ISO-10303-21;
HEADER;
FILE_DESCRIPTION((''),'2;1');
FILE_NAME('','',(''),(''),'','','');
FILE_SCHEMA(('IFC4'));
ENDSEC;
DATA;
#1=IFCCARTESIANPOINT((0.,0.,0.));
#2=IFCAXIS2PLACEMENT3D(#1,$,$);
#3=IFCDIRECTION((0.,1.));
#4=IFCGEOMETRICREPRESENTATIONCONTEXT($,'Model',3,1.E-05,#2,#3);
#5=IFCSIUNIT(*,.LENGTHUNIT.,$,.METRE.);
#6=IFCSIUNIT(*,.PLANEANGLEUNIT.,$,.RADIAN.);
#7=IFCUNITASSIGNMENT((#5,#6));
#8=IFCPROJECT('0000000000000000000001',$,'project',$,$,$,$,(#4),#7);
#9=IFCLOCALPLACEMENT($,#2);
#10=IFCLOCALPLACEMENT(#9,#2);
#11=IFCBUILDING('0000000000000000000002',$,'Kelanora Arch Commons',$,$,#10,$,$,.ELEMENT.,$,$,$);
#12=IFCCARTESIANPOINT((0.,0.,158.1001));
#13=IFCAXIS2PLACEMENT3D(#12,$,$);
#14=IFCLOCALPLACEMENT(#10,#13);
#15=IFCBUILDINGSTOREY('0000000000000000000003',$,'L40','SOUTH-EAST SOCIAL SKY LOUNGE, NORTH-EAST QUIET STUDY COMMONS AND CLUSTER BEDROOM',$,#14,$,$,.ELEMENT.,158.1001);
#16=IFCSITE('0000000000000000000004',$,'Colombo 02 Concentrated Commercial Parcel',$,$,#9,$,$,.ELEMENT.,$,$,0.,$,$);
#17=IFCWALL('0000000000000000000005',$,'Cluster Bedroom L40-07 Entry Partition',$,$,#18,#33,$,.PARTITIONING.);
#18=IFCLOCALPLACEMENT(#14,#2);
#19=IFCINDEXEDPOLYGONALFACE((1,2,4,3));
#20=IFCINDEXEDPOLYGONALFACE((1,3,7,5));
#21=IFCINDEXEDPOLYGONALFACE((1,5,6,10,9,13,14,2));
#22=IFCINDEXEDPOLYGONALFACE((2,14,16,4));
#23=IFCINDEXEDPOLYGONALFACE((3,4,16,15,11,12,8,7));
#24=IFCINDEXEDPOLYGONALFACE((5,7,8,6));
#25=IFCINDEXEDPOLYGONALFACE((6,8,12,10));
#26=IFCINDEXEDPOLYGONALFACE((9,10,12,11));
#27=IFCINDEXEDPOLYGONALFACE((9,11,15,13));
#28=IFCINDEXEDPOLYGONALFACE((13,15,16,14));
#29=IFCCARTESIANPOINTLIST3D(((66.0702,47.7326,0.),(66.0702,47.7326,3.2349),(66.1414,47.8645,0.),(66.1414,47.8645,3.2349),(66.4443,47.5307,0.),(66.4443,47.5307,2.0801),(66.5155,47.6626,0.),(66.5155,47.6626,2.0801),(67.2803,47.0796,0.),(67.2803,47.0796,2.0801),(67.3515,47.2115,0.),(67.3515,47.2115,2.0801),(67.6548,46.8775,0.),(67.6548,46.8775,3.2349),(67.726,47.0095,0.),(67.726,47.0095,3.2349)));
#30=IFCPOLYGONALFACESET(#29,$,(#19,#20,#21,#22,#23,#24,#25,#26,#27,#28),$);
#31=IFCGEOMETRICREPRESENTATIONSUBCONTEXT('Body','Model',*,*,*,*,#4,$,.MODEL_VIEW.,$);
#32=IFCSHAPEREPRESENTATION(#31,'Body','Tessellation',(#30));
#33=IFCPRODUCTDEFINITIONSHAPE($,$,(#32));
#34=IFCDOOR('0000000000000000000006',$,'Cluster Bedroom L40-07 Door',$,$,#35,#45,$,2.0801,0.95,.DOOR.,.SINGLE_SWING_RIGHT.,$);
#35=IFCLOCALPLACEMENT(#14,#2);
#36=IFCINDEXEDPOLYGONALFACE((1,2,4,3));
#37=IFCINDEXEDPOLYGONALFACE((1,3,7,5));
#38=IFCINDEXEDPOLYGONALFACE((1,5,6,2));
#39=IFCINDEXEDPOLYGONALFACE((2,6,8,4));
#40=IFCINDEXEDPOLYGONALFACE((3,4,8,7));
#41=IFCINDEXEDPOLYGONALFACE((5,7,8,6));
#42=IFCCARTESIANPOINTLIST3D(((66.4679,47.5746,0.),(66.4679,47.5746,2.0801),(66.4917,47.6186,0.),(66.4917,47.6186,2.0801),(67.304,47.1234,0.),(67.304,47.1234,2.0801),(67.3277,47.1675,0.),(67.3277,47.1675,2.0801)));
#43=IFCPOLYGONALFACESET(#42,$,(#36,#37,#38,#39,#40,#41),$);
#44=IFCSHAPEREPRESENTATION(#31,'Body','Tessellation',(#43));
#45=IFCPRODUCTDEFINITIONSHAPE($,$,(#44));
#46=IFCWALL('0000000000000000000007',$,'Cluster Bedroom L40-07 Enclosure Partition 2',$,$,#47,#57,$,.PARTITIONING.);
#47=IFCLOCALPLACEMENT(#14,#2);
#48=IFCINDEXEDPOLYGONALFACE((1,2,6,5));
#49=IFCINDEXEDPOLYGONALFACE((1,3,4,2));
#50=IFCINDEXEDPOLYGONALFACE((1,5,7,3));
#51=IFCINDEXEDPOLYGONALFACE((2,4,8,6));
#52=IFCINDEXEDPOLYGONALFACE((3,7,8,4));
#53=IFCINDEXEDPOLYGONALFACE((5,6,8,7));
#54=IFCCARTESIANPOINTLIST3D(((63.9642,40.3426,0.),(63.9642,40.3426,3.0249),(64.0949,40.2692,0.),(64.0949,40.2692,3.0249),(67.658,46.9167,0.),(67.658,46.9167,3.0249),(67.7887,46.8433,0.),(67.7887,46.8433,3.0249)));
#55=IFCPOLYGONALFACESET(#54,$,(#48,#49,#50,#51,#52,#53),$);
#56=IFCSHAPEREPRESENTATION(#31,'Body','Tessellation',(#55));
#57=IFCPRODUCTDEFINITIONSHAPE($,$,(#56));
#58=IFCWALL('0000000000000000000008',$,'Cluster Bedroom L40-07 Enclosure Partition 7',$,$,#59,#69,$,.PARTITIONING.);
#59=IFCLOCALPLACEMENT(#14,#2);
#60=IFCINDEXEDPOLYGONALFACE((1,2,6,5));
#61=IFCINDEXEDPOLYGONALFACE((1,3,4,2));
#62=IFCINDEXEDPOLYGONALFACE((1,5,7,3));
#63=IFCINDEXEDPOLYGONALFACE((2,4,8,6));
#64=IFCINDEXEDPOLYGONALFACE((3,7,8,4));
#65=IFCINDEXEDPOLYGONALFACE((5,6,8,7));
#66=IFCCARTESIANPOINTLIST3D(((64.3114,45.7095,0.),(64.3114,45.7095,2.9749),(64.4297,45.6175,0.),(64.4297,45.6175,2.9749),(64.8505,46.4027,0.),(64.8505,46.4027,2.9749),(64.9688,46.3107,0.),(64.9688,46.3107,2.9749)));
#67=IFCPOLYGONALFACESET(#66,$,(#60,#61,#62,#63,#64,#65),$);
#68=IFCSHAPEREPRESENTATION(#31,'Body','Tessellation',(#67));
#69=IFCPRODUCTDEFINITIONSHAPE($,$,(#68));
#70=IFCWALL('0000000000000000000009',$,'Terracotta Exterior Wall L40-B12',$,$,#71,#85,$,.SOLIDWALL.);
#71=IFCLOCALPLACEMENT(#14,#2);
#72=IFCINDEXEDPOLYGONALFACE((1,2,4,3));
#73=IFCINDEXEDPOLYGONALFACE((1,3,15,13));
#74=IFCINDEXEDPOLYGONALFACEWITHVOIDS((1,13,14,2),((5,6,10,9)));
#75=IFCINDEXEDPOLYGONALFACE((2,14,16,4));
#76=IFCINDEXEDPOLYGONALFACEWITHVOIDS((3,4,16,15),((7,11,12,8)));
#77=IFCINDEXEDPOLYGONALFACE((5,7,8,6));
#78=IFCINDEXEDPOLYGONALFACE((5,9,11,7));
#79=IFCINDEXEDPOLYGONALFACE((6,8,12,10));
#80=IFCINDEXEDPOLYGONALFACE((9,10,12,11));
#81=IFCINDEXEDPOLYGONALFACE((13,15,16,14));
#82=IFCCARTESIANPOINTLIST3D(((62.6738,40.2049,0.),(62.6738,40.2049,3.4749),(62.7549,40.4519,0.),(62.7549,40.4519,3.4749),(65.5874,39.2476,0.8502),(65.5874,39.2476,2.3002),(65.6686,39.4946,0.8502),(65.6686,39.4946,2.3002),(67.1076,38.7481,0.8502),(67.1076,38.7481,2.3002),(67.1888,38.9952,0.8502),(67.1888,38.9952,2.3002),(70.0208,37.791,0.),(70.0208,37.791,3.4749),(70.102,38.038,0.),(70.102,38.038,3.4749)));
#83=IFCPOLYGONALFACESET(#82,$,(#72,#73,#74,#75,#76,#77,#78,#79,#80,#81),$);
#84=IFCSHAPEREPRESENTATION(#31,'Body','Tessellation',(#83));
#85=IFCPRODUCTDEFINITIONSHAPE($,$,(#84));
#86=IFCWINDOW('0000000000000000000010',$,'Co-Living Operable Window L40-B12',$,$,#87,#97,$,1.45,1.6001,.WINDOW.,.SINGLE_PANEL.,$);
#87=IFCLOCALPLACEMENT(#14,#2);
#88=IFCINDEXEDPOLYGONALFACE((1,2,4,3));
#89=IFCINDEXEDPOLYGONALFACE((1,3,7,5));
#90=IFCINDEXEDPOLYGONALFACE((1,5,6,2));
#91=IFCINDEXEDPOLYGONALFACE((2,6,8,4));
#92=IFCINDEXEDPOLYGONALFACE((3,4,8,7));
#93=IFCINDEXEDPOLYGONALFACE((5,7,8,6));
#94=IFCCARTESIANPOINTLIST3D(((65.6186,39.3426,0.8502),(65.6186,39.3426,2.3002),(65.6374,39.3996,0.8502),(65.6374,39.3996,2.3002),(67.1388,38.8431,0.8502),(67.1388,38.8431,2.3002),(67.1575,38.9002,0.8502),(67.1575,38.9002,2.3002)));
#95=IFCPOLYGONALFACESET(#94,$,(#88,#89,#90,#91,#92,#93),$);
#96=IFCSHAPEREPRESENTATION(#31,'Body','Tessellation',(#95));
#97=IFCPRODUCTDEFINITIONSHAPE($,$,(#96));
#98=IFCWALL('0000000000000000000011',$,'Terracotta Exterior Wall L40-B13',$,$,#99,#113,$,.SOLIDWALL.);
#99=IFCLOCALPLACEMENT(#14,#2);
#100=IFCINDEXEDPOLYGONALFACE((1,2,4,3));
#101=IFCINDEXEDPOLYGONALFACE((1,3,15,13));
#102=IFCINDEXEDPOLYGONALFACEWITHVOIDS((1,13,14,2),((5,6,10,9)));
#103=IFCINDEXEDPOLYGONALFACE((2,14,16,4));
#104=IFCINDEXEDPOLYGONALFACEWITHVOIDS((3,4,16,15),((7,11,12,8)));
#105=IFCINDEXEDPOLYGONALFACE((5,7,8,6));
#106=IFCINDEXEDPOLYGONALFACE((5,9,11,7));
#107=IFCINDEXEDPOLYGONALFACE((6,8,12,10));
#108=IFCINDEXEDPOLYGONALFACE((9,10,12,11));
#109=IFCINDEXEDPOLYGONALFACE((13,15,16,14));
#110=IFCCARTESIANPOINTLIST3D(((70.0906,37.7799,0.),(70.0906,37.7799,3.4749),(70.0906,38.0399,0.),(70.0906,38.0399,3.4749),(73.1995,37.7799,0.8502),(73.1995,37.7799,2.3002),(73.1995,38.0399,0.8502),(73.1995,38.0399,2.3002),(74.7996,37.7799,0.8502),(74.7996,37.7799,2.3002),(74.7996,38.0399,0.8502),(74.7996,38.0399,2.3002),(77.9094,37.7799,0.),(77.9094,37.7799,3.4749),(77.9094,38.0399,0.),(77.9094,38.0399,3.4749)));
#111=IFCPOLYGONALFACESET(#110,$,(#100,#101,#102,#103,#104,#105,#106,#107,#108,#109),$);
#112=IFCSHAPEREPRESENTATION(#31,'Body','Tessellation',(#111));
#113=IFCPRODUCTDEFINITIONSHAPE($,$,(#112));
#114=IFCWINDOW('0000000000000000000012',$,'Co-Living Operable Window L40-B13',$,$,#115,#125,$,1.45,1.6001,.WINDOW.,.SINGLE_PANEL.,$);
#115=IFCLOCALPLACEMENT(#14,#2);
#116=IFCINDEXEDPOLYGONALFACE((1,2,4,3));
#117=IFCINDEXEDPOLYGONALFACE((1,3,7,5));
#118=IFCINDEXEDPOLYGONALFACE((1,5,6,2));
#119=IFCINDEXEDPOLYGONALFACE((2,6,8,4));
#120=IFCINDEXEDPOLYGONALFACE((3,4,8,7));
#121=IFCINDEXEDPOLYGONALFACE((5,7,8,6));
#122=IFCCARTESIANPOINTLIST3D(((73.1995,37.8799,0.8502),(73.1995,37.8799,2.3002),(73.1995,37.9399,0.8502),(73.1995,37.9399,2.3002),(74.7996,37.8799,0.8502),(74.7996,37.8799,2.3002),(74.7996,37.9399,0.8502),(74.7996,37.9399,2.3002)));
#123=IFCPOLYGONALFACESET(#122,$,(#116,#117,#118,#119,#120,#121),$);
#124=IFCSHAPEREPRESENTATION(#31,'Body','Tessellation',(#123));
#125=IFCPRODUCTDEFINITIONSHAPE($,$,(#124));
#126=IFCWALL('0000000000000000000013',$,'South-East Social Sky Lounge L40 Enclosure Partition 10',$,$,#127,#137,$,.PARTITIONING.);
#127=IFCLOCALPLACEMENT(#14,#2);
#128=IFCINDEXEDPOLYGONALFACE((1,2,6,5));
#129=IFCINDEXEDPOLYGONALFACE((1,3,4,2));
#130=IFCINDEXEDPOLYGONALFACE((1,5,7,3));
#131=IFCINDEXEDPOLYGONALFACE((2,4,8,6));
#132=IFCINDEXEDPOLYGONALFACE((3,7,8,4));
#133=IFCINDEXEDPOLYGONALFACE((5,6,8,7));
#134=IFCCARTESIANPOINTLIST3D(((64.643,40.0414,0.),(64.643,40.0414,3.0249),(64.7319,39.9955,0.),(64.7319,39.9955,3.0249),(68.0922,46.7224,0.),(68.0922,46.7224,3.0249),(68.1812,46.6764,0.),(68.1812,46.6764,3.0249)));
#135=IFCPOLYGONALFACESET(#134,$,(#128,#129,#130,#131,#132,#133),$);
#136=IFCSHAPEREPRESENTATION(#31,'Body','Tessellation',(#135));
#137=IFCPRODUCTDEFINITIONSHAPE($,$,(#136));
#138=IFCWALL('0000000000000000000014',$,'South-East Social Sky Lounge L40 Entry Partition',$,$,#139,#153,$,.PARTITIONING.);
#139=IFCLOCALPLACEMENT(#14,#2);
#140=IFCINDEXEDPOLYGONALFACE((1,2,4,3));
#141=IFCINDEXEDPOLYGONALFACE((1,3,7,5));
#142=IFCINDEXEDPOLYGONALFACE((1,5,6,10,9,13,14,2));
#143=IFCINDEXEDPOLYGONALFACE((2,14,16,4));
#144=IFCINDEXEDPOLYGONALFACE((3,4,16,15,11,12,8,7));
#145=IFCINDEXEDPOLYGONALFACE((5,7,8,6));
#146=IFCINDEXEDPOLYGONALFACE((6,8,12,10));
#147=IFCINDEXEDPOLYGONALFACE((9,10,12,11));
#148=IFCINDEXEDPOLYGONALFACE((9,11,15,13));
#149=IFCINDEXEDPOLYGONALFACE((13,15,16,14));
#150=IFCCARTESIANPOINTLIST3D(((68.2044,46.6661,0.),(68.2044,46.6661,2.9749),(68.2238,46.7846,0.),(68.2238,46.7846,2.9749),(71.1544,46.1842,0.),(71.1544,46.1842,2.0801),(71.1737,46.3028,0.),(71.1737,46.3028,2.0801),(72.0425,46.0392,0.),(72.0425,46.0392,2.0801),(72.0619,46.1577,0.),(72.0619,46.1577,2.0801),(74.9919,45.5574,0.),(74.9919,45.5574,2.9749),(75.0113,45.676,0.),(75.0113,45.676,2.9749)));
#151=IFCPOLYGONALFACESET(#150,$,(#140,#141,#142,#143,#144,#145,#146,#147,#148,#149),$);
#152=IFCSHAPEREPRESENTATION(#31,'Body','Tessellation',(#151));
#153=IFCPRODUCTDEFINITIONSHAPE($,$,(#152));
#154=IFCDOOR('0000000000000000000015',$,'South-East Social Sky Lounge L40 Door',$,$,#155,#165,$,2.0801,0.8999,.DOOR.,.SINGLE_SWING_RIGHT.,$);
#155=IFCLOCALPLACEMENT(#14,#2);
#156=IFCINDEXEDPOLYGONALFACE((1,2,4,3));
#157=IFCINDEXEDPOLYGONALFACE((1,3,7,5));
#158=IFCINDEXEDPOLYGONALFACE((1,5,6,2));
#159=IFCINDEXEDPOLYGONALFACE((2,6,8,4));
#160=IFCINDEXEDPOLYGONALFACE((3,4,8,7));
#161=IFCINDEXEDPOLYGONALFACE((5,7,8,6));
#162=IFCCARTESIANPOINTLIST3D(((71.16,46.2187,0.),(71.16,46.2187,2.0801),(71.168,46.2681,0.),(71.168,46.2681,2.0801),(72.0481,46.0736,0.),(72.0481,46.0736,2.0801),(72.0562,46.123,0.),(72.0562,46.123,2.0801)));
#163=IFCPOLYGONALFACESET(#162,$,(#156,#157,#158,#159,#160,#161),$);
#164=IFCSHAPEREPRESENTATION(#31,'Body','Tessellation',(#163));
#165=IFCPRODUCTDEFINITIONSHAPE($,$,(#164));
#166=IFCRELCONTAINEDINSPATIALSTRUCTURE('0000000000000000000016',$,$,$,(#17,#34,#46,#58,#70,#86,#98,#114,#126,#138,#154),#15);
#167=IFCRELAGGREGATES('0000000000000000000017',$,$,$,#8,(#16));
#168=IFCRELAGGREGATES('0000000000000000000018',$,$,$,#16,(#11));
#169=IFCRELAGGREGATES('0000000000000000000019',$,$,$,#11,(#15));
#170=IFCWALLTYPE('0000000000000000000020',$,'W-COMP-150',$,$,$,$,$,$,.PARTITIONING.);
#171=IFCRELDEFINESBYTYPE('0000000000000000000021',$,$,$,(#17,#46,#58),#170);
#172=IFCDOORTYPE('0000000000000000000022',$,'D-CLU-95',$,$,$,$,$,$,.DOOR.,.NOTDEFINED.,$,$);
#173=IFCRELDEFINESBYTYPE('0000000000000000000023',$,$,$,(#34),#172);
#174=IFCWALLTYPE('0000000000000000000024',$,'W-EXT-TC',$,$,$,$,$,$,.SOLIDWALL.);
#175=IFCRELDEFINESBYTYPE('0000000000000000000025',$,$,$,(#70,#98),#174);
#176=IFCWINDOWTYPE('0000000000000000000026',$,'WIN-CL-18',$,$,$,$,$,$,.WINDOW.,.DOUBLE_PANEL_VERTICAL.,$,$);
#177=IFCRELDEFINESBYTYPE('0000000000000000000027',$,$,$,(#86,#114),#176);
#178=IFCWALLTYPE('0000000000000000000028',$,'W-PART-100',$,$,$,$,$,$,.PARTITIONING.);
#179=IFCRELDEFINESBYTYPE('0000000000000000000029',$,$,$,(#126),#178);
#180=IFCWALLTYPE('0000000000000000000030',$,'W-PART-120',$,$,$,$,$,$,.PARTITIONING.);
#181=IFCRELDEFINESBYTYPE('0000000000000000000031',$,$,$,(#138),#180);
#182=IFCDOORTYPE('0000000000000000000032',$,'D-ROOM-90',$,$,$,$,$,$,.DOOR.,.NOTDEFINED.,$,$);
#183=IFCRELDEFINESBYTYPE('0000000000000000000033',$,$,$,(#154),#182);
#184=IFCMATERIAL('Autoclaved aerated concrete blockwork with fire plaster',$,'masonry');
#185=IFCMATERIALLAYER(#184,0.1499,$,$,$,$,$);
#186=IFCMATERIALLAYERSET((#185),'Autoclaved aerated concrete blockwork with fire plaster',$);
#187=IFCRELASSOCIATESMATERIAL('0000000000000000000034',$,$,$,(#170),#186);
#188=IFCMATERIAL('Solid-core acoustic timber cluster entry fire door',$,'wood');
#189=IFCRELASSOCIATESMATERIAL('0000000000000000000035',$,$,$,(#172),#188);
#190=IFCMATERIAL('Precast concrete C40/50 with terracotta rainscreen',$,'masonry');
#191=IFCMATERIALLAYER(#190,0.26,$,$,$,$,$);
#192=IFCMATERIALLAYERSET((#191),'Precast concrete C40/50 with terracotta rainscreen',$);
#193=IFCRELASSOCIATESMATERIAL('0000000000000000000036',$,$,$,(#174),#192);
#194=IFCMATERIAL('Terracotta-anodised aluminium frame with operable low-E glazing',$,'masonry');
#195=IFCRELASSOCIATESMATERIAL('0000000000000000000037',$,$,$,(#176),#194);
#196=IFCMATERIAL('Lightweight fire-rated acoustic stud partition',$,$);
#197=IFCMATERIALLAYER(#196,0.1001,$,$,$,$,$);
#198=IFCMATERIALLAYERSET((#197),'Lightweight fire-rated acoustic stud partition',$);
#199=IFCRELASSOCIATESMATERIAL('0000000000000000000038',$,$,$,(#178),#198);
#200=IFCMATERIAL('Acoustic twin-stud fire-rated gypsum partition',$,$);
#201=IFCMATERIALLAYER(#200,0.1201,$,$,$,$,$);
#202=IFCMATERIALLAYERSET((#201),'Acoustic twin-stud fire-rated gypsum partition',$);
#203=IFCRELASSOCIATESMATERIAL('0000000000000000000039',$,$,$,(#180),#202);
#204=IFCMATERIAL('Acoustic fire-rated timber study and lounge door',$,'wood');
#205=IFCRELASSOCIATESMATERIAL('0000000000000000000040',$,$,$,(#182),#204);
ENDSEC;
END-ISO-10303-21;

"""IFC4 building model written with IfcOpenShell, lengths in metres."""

from ifc_helpers import new_model, si_unit, direction, frame, frame_2d, origin, place, context, subcontext, project, spatial, rectangle, extrude, material, layer, layer_set, type_object, element, fill, save


model = new_model("IFC4")

# Units and contexts
model_context = context("Model", 3, precision=1e-05, world=origin(), true_north=direction((0.0, 1.0)))
body_context = subcontext(model_context, "Body", "Model", "MODEL_VIEW")
ifc_project = project(units=[si_unit("LENGTHUNIT", "METRE"), si_unit("PLANEANGLEUNIT", "RADIAN")], contexts=[model_context])

# Site, building, storey
site_placement = place(None, origin())
site = spatial("IfcSite", under=ifc_project, at=site_placement, Name="Colombo 02 Concentrated Commercial Parcel", CompositionType="ELEMENT", RefElevation=0.0)
building_placement = place(site_placement, origin())
building = spatial("IfcBuilding", under=site, at=building_placement, Name="Kelanora Arch Commons", CompositionType="ELEMENT")
storey_placement = place(building_placement, frame((0.0, 0.0, 158.1001)))
storey = spatial("IfcBuildingStorey", under=building, at=storey_placement, Name="L40", Description="SOUTH-EAST SOCIAL SKY LOUNGE, NORTH-EAST QUIET STUDY COMMONS AND CLUSTER BEDROOM", CompositionType="ELEMENT", Elevation=158.1001)

# Wall, opening, door
ifc_material_1 = material(Name="Autoclaved aerated concrete blockwork with fire plaster", Category="masonry")
ifc_layer_1 = layer(ifc_material_1, 0.1499)
ifc_layer_set_1 = layer_set([ifc_layer_1], Name="Autoclaved aerated concrete blockwork with fire plaster")
wall_type_1 = type_object("IfcWallType", Name="W-COMP-150", PredefinedType="PARTITIONING", material=ifc_layer_set_1)
wall_1_placement = place(storey_placement, frame((66.1057, 47.7986, 0.0), z_axis=(0.0, 0.0, 1.0), x_axis=(0.880053, -0.474876, 0.0)))
wall_1 = element("IfcWall", 1, at=wall_1_placement, inside=storey, type_object=wall_type_1, Name="Cluster Bedroom L40-07 Entry Partition", PredefinedType="PARTITIONING", context=body_context, shape_type="SweptSolid", body=[
    extrude(rectangle(XDim=1.8005, YDim=0.1499, at=frame_2d((0.9004, 0.0))), origin(), (0.0, 0.0, 1.0), 3.2349),
])
opening_1_placement = place(wall_1_placement, frame((0.425, 0.0, 0.0)))
opening_1 = element("IfcOpeningElement", 2, at=opening_1_placement, cuts=wall_1, PredefinedType="OPENING", context=body_context, shape_type="SweptSolid", body=[
    extrude(rectangle(XDim=0.95, YDim=2.0801, at=frame_2d((0.4751, 1.04))), frame((0.0, 0.085, 0.0), z_axis=(0.0, -1.0, 0.0), x_axis=(1.0, 0.0, 0.0)), (0.0, 0.0, 1.0), 0.1699),
])
ifc_material_2 = material(Name="Solid-core acoustic timber cluster entry fire door", Category="wood")
door_type_1 = type_object("IfcDoorType", Name="D-CLU-95", OperationType="NOTDEFINED", PredefinedType="DOOR", material=ifc_material_2)
door_1_placement = place(opening_1_placement, origin())
door_1 = element("IfcDoor", 3, at=door_1_placement, inside=storey, type_object=door_type_1, Name="Cluster Bedroom L40-07 Door", OperationType="SINGLE_SWING_RIGHT", OverallHeight=2.0801, OverallWidth=0.95, PredefinedType="DOOR", context=body_context, shape_type="SweptSolid", body=[
    extrude(rectangle(XDim=0.95, YDim=2.0801, at=frame_2d((0.4751, 1.04))), frame((0.0, 0.0249, 0.0), z_axis=(0.0, -1.0, 0.0), x_axis=(1.0, 0.0, 0.0)), (0.0, 0.0, 1.0), 0.05),
])
fill(opening_1, door_1)

# Walls
wall_2_placement = place(storey_placement, frame((67.7234, 46.8801, 0.0), z_axis=(0.0, 0.0, 1.0), x_axis=(-0.489843, -0.871811, 0.0)))
element("IfcWall", 4, at=wall_2_placement, inside=storey, type_object=wall_type_1, Name="Cluster Bedroom L40-07 Enclosure Partition 2", PredefinedType="PARTITIONING", context=body_context, shape_type="SweptSolid", body=[
    extrude(rectangle(XDim=7.5408, YDim=0.1499, at=frame_2d((3.7705, 0.0))), origin(), (0.0, 0.0, 1.0), 3.0249),
])
wall_3_placement = place(storey_placement, frame((64.3706, 45.6636, 0.0), z_axis=(0.0, 0.0, 1.0), x_axis=(0.613921, 0.789367, 0.0)))
element("IfcWall", 5, at=wall_3_placement, inside=storey, type_object=wall_type_1, Name="Cluster Bedroom L40-07 Enclosure Partition 7", PredefinedType="PARTITIONING", context=body_context, shape_type="SweptSolid", body=[
    extrude(rectangle(XDim=0.8782, YDim=0.1499, at=frame_2d((0.439, 0.0))), origin(), (0.0, 0.0, 1.0), 2.9749),
])

# Walls, openings, windows
ifc_material_3 = material(Name="Precast concrete C40/50 with terracotta rainscreen", Category="masonry")
ifc_layer_2 = layer(ifc_material_3, 0.26)
ifc_layer_set_2 = layer_set([ifc_layer_2], Name="Precast concrete C40/50 with terracotta rainscreen")
wall_type_2 = type_object("IfcWallType", Name="W-EXT-TC", PredefinedType="SOLIDWALL", material=ifc_layer_set_2)
wall_4_placement = place(storey_placement, frame((62.7144, 40.3284, 0.0), z_axis=(0.0, 0.0, 1.0), x_axis=(0.950038, -0.312133, 0.0)))
wall_4 = element("IfcWall", 6, at=wall_4_placement, inside=storey, type_object=wall_type_2, Name="Terracotta Exterior Wall L40-B12", PredefinedType="SOLIDWALL", context=body_context, shape_type="SweptSolid", body=[
    extrude(rectangle(XDim=7.7334, YDim=0.26, at=frame_2d((3.8667, 0.0))), origin(), (0.0, 0.0, 1.0), 3.4749),
])
opening_2_placement = place(wall_4_placement, frame((3.0669, 0.0, 0.8501)))
opening_2 = element("IfcOpeningElement", 7, at=opening_2_placement, cuts=wall_4, PredefinedType="OPENING", context=body_context, shape_type="SweptSolid", body=[
    extrude(rectangle(XDim=1.6001, YDim=1.45, at=frame_2d((0.8, 0.7251))), frame((0.0, 0.1401, 0.0), z_axis=(0.0, -1.0, 0.0), x_axis=(1.0, 0.0, 0.0)), (0.0, 0.0, 1.0), 0.28),
])
ifc_material_4 = material(Name="Terracotta-anodised aluminium frame with operable low-E glazing", Category="masonry")
window_type = type_object("IfcWindowType", Name="WIN-CL-18", PartitioningType="DOUBLE_PANEL_VERTICAL", PredefinedType="WINDOW", material=ifc_material_4)
window_1_placement = place(opening_2_placement, origin())
window_1 = element("IfcWindow", 8, at=window_1_placement, inside=storey, type_object=window_type, Name="Co-Living Operable Window L40-B12", OverallHeight=1.45, OverallWidth=1.6001, PartitioningType="SINGLE_PANEL", PredefinedType="WINDOW", context=body_context, shape_type="SweptSolid", body=[
    extrude(rectangle(XDim=1.6001, YDim=1.45, at=frame_2d((0.8, 0.7251))), frame((0.0, 0.03, 0.0), z_axis=(0.0, -1.0, 0.0), x_axis=(1.0, 0.0, 0.0)), (0.0, 0.0, 1.0), 0.0601),
])
fill(opening_2, window_1)
wall_5_placement = place(storey_placement, frame((70.0906, 37.9099, 0.0), z_axis=(0.0, 0.0, 1.0), x_axis=(1.0, 0.0, 0.0)))
wall_5 = element("IfcWall", 9, at=wall_5_placement, inside=storey, type_object=wall_type_2, Name="Terracotta Exterior Wall L40-B13", PredefinedType="SOLIDWALL", context=body_context, shape_type="SweptSolid", body=[
    extrude(rectangle(XDim=7.8188, YDim=0.26, at=frame_2d((3.9094, 0.0))), origin(), (0.0, 0.0, 1.0), 3.4749),
])
opening_3_placement = place(wall_5_placement, frame((3.1089, 0.0, 0.8501)))
opening_3 = element("IfcOpeningElement", 10, at=opening_3_placement, cuts=wall_5, PredefinedType="OPENING", context=body_context, shape_type="SweptSolid", body=[
    extrude(rectangle(XDim=1.6001, YDim=1.45, at=frame_2d((0.8, 0.7251))), frame((0.0, 0.1401, 0.0), z_axis=(0.0, -1.0, 0.0), x_axis=(1.0, 0.0, 0.0)), (0.0, 0.0, 1.0), 0.28),
])
window_2_placement = place(opening_3_placement, origin())
window_2 = element("IfcWindow", 11, at=window_2_placement, inside=storey, type_object=window_type, Name="Co-Living Operable Window L40-B13", OverallHeight=1.45, OverallWidth=1.6001, PartitioningType="SINGLE_PANEL", PredefinedType="WINDOW", context=body_context, shape_type="SweptSolid", body=[
    extrude(rectangle(XDim=1.6001, YDim=1.45, at=frame_2d((0.8, 0.7251))), frame((0.0, 0.03, 0.0), z_axis=(0.0, -1.0, 0.0), x_axis=(1.0, 0.0, 0.0)), (0.0, 0.0, 1.0), 0.0601),
])
fill(opening_3, window_2)

# Wall
ifc_material_5 = material(Name="Lightweight fire-rated acoustic stud partition")
ifc_layer_3 = layer(ifc_material_5, 0.1001)
ifc_layer_set_3 = layer_set([ifc_layer_3], Name="Lightweight fire-rated acoustic stud partition")
wall_type_3 = type_object("IfcWallType", Name="W-PART-100", PredefinedType="PARTITIONING", material=ifc_layer_set_3)
wall_6_placement = place(storey_placement, frame((64.6875, 40.0186, 0.0), z_axis=(0.0, 0.0, 1.0), x_axis=(0.458749, 0.888566, 0.0)))
element("IfcWall", 12, at=wall_6_placement, inside=storey, type_object=wall_type_3, Name="South-East Social Sky Lounge L40 Enclosure Partition 10", PredefinedType="PARTITIONING", context=body_context, shape_type="SweptSolid", body=[
    extrude(rectangle(XDim=7.5188, YDim=0.1001, at=frame_2d((3.7593, 0.0))), origin(), (0.0, 0.0, 1.0), 3.0249),
])

# Wall, opening, door
ifc_material_6 = material(Name="Acoustic twin-stud fire-rated gypsum partition")
ifc_layer_4 = layer(ifc_material_6, 0.1201)
ifc_layer_set_4 = layer_set([ifc_layer_4], Name="Acoustic twin-stud fire-rated gypsum partition")
wall_type_4 = type_object("IfcWallType", Name="W-PART-120", PredefinedType="PARTITIONING", material=ifc_layer_set_4)
wall_7_placement = place(storey_placement, frame((68.2141, 46.7253, 0.0), z_axis=(0.0, 0.0, 1.0), x_axis=(0.986922, -0.161198, 0.0)))
wall_7 = element("IfcWall", 13, at=wall_7_placement, inside=storey, type_object=wall_type_4, Name="South-East Social Sky Lounge L40 Entry Partition", PredefinedType="PARTITIONING", context=body_context, shape_type="SweptSolid", body=[
    extrude(rectangle(XDim=6.8774, YDim=0.1201, at=frame_2d((3.4387, 0.0))), origin(), (0.0, 0.0, 1.0), 2.9749),
])
opening_4_placement = place(wall_7_placement, frame((2.989, 0.0, 0.0)))
opening_4 = element("IfcOpeningElement", 14, at=opening_4_placement, cuts=wall_7, PredefinedType="OPENING", context=body_context, shape_type="SweptSolid", body=[
    extrude(rectangle(XDim=0.8999, YDim=2.0801, at=frame_2d((0.45, 1.04))), frame((0.0, 0.0701, 0.0), z_axis=(0.0, -1.0, 0.0), x_axis=(1.0, 0.0, 0.0)), (0.0, 0.0, 1.0), 0.1401),
])
ifc_material_7 = material(Name="Acoustic fire-rated timber study and lounge door", Category="wood")
door_type_2 = type_object("IfcDoorType", Name="D-ROOM-90", OperationType="NOTDEFINED", PredefinedType="DOOR", material=ifc_material_7)
door_2_placement = place(opening_4_placement, origin())
door_2 = element("IfcDoor", 15, at=door_2_placement, inside=storey, type_object=door_type_2, Name="South-East Social Sky Lounge L40 Door", OperationType="SINGLE_SWING_RIGHT", OverallHeight=2.0801, OverallWidth=0.8999, PredefinedType="DOOR", context=body_context, shape_type="SweptSolid", body=[
    extrude(rectangle(XDim=0.8999, YDim=2.0801, at=frame_2d((0.45, 1.04))), frame((0.0, 0.0249, 0.0), z_axis=(0.0, -1.0, 0.0), x_axis=(1.0, 0.0, 0.0)), (0.0, 0.0, 1.0), 0.05),
])
fill(opening_4, door_2)

save(model, "model.ifc")
